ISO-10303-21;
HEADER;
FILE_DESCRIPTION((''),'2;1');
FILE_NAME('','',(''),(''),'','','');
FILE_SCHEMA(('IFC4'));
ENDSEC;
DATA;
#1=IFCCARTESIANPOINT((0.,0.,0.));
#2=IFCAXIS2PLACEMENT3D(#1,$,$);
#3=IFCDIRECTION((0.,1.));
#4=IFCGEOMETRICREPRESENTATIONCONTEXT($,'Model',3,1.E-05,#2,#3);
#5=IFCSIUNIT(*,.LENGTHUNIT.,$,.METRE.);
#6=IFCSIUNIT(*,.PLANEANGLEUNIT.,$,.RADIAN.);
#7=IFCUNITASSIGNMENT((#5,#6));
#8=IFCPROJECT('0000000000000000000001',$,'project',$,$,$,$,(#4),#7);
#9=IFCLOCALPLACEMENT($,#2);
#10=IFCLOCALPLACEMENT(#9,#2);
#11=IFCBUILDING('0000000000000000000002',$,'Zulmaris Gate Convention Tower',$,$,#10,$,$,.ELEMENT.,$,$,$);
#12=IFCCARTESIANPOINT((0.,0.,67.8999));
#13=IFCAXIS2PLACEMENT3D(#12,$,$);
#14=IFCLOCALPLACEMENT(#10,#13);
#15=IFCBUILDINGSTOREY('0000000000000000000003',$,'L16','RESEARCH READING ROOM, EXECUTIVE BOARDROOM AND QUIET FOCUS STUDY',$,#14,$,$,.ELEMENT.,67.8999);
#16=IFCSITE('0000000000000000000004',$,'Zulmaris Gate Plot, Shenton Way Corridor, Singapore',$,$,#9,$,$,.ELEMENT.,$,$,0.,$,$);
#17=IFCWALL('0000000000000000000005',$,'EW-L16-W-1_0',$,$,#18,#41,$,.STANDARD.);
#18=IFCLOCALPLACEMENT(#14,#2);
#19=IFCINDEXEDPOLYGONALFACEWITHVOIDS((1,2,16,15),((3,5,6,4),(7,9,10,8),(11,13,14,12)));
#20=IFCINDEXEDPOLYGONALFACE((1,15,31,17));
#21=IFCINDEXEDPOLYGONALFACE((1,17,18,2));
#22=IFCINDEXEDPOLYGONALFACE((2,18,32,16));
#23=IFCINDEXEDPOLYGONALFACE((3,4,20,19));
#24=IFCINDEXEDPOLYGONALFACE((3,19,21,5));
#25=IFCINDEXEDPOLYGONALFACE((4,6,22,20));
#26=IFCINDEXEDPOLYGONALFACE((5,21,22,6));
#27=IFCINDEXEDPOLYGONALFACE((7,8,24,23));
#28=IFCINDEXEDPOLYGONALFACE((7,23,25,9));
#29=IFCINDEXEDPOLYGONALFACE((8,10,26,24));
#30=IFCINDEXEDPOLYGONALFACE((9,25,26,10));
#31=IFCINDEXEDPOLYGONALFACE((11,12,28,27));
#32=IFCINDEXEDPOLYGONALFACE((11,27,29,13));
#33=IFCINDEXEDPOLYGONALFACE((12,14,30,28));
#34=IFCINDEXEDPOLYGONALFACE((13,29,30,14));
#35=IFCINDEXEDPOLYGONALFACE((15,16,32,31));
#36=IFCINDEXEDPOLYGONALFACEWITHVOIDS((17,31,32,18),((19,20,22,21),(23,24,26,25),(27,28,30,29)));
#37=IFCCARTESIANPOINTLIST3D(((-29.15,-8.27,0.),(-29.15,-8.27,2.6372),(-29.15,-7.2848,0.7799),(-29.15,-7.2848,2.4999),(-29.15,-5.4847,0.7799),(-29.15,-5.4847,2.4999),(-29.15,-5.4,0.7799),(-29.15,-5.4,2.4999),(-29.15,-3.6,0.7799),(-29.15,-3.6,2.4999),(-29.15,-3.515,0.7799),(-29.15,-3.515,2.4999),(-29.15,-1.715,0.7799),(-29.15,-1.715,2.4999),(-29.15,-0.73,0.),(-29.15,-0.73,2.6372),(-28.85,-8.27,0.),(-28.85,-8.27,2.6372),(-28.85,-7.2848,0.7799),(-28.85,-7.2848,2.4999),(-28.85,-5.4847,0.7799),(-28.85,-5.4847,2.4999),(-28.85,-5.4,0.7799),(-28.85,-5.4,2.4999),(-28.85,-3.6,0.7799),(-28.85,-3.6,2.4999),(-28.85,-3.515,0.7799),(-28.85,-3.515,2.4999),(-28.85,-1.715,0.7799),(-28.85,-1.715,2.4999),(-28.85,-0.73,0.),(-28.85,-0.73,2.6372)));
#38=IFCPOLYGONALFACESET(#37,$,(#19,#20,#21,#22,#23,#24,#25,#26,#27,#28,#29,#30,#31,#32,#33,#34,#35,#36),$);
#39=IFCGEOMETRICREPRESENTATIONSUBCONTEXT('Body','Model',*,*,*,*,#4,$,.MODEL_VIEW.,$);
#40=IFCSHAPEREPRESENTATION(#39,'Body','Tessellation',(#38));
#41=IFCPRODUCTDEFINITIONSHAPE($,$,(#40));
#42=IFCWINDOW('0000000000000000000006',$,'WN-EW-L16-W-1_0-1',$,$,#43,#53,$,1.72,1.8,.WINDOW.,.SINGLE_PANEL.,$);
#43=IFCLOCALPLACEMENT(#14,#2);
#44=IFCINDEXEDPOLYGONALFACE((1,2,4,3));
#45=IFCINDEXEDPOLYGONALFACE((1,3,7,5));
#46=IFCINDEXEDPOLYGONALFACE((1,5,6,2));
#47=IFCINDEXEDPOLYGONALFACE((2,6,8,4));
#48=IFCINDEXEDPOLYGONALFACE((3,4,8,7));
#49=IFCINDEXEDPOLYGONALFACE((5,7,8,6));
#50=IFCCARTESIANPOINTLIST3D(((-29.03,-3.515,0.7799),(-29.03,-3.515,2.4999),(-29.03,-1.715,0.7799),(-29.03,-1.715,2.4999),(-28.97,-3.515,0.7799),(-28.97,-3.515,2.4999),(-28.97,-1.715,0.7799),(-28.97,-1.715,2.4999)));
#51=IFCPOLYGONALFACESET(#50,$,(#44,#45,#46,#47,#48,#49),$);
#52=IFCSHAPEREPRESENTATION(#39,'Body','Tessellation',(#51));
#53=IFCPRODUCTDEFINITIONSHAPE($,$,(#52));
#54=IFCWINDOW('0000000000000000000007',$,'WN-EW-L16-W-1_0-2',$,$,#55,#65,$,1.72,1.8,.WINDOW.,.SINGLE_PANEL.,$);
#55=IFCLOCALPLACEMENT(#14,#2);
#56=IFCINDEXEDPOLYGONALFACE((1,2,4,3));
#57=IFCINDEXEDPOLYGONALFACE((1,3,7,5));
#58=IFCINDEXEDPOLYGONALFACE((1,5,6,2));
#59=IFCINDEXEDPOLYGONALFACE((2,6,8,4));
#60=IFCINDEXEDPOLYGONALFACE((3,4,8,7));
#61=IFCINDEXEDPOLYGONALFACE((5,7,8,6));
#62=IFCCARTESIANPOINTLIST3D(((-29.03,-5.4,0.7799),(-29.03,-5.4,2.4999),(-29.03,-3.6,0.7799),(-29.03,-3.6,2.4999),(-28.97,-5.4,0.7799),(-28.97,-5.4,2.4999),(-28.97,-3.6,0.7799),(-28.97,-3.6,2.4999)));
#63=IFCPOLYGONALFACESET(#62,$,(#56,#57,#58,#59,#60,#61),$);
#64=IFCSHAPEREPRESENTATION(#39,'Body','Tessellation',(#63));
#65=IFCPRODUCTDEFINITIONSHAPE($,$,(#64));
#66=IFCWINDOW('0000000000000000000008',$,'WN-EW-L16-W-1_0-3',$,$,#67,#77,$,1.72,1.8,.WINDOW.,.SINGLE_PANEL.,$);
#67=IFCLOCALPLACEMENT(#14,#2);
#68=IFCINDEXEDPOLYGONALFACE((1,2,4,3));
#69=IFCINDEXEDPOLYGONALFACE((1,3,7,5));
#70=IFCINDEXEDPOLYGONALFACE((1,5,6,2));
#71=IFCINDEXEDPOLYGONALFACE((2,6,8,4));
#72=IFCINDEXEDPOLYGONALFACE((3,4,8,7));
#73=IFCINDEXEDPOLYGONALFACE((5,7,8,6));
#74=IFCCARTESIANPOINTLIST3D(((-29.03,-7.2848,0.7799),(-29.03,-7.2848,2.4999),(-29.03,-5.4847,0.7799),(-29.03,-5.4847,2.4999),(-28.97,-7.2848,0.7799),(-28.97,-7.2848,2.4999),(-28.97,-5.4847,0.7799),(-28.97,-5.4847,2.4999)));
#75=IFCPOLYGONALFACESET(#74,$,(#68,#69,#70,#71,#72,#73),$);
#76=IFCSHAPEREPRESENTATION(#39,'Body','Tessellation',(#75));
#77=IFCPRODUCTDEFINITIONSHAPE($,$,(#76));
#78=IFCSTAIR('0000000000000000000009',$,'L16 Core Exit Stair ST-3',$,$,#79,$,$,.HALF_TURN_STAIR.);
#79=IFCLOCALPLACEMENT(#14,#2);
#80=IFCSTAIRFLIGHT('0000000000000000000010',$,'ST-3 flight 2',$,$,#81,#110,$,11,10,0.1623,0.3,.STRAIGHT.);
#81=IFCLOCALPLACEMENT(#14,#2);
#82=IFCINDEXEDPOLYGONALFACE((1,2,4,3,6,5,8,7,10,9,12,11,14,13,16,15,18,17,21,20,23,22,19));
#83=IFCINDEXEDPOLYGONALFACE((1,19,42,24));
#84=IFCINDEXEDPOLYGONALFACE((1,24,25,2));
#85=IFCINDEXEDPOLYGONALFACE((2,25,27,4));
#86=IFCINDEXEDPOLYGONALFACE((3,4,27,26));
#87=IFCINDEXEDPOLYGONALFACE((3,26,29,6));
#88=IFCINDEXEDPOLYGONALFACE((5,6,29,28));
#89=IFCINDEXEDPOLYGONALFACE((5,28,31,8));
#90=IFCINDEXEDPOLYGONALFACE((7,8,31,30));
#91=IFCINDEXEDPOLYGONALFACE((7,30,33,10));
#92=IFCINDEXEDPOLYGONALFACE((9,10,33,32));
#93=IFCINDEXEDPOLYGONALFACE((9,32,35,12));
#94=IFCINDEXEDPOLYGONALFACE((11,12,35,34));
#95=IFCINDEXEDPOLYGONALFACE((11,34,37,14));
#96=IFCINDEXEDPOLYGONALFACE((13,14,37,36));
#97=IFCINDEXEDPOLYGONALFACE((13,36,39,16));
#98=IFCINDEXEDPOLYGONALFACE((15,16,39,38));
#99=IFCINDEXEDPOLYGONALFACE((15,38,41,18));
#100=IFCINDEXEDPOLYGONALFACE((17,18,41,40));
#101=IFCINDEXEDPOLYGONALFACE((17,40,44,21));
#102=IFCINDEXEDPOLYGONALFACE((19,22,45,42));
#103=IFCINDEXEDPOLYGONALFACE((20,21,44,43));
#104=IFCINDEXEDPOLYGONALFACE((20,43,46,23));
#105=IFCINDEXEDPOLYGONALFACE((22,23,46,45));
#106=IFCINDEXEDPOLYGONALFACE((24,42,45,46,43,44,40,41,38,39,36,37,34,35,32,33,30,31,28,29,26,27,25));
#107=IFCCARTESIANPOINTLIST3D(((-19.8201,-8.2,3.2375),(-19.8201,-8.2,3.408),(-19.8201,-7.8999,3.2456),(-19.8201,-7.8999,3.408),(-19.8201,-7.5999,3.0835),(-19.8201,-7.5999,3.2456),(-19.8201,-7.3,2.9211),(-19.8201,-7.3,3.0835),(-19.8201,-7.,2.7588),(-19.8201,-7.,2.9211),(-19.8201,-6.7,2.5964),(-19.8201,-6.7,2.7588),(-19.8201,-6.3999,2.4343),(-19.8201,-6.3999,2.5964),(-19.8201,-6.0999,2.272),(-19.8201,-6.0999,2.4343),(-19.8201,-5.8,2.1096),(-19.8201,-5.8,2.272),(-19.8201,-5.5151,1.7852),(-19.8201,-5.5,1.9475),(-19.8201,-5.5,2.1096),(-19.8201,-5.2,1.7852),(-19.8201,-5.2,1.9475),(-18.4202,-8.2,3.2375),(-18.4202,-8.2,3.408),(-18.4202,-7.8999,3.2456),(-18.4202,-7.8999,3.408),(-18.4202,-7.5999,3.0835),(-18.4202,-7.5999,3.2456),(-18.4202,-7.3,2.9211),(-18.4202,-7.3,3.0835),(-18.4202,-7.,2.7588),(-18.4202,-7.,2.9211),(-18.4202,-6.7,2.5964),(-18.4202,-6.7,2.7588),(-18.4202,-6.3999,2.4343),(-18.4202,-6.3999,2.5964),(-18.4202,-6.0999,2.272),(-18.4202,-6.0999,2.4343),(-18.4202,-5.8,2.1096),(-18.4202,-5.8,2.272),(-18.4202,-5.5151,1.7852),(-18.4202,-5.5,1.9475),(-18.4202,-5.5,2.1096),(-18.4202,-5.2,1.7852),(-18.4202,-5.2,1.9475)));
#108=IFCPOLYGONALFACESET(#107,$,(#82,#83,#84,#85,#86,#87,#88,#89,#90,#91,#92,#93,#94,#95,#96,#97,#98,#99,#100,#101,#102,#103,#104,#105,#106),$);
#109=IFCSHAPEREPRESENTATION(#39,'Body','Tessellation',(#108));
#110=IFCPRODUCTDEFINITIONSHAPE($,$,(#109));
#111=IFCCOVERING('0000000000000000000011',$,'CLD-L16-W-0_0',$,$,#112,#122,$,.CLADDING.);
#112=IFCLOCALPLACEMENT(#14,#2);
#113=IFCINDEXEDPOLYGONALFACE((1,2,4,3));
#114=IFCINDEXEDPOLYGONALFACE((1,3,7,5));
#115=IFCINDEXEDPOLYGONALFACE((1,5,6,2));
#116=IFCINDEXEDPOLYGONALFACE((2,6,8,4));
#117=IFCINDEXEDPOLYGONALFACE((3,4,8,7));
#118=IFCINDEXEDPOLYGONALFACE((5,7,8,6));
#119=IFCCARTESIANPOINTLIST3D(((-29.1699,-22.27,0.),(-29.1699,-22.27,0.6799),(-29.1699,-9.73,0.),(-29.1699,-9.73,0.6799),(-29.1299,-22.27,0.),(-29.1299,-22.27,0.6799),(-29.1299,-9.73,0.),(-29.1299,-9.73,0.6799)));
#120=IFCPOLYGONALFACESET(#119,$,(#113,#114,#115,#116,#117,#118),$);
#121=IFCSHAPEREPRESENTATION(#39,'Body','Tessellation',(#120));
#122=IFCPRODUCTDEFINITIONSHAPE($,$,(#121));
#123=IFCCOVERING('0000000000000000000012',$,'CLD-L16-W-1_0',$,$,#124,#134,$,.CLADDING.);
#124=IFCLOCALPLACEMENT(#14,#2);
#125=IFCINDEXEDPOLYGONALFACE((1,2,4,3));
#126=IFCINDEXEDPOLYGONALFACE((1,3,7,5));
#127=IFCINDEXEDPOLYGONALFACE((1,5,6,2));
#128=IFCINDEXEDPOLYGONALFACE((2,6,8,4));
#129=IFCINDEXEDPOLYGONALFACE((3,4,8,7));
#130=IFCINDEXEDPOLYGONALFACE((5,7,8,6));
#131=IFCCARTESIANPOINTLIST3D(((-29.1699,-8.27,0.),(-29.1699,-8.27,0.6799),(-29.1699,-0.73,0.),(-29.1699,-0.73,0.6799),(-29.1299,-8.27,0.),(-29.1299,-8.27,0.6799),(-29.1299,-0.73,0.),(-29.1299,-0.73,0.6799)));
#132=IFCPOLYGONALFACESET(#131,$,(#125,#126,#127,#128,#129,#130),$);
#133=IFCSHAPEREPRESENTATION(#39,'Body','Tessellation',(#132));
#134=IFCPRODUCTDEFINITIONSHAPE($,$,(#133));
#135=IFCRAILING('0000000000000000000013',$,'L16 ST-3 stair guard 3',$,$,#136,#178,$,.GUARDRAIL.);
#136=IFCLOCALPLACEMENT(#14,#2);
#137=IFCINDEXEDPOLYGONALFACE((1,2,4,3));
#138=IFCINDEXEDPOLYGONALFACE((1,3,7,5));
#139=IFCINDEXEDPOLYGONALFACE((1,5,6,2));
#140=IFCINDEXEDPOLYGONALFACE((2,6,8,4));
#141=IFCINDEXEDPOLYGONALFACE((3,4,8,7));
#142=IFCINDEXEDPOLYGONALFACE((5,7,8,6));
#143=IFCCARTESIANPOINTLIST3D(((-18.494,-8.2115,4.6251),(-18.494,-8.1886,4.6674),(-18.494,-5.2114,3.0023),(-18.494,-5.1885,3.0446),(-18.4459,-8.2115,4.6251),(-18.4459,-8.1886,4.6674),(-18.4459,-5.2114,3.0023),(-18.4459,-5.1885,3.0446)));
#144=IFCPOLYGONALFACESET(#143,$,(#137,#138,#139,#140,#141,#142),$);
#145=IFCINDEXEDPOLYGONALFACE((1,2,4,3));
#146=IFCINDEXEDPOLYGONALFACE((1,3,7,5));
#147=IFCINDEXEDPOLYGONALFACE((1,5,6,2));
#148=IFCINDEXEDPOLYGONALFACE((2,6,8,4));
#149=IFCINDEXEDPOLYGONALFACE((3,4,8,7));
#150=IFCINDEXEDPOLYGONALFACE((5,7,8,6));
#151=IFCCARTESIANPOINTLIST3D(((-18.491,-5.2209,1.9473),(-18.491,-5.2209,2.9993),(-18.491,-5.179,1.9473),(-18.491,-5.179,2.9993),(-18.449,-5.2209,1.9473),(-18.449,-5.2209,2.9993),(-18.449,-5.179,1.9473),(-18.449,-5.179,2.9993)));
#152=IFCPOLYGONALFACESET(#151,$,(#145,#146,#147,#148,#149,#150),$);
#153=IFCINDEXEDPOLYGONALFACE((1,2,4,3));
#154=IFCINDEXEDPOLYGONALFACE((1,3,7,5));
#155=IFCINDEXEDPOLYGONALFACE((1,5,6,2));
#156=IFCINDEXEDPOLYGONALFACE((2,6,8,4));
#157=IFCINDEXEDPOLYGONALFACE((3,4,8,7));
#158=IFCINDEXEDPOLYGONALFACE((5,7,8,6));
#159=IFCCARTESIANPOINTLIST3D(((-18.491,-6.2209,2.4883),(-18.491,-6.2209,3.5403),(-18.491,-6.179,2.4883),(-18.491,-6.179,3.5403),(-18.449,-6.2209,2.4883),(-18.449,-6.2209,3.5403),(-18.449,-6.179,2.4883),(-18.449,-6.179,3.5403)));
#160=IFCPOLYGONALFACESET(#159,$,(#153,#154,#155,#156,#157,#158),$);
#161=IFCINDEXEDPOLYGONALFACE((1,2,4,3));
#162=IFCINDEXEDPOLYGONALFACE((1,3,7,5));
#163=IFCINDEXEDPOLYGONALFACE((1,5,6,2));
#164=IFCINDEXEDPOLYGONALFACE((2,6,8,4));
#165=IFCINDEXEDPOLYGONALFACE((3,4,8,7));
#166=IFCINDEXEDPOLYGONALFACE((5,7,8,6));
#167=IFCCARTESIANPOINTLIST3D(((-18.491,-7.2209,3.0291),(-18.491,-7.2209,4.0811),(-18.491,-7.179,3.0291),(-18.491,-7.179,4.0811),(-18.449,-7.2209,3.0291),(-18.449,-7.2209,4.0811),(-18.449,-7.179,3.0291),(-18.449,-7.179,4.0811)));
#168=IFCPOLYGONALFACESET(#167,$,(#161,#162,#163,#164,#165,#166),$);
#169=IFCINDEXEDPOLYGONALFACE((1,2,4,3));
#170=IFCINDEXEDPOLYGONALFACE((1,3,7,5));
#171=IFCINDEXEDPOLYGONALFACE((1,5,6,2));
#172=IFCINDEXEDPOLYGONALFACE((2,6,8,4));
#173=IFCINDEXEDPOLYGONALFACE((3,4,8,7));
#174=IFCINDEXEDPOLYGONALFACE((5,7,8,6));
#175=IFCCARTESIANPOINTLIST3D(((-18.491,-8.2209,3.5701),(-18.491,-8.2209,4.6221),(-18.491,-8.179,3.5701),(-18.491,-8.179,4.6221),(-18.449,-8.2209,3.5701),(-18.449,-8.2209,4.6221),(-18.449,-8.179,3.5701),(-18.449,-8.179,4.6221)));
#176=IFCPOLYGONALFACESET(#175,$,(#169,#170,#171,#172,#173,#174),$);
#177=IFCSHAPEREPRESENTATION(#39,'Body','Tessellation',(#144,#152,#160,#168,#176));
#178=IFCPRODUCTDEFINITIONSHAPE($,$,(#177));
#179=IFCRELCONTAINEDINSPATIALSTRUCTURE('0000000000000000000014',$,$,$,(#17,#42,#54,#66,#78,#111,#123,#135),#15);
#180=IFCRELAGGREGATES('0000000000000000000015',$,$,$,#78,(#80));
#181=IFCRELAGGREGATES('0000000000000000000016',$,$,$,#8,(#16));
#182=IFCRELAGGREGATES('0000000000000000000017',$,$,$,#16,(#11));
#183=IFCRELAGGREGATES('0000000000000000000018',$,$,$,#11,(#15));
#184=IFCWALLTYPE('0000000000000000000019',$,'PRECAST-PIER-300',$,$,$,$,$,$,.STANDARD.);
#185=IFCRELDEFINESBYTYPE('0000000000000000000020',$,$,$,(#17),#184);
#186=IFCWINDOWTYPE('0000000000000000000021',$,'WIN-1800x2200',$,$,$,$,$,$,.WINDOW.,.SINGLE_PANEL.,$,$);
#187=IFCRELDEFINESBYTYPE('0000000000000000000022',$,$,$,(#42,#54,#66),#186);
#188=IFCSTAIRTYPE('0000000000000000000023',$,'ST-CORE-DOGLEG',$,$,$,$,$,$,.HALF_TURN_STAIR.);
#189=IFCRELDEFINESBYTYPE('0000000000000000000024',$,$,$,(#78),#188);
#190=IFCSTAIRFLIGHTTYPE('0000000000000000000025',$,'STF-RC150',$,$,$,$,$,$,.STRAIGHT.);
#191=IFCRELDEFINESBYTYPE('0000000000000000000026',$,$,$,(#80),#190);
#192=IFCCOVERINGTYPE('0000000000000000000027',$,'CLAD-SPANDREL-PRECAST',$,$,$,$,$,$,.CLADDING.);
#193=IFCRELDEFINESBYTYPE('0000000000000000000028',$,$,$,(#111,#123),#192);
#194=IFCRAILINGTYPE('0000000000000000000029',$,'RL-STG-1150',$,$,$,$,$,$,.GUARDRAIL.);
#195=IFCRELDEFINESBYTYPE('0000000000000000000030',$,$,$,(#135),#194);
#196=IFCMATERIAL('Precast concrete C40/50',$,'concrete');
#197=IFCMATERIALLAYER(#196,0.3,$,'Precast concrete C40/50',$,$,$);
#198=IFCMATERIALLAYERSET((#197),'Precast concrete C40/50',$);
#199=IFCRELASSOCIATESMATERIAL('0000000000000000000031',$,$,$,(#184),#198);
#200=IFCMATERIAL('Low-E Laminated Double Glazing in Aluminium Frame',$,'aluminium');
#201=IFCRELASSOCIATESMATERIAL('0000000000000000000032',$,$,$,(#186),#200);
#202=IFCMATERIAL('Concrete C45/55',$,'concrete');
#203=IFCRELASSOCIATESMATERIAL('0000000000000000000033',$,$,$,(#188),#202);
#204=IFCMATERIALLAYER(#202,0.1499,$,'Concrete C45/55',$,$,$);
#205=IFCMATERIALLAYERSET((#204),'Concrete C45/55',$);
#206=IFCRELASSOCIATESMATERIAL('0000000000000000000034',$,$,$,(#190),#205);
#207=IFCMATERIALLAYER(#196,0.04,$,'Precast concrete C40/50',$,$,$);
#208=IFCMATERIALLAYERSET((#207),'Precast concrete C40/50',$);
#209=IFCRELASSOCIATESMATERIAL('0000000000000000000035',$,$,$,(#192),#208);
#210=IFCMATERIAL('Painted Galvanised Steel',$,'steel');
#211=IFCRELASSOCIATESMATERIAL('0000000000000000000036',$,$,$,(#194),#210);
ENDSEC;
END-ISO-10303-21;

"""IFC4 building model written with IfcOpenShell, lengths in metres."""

from ifc_helpers import new_model, si_unit, direction, frame, frame_2d, origin, origin_2d, place, context, subcontext, project, spatial, polyline, rectangle, outline, extrude, material, layer, layer_set, type_object, element, fill, aggregate, save


model = new_model("IFC4")

# Units and contexts
model_context = context("Model", 3, precision=1e-05, world=origin(), true_north=direction((0.0, 1.0)))
body_context = subcontext(model_context, "Body", "Model", "MODEL_VIEW")
ifc_project = project(units=[si_unit("LENGTHUNIT", "METRE"), si_unit("PLANEANGLEUNIT", "RADIAN")], contexts=[model_context])

# Site, building, storey
site_placement = place(None, origin())
site = spatial("IfcSite", under=ifc_project, at=site_placement, Name="Zulmaris Gate Plot, Shenton Way Corridor, Singapore", CompositionType="ELEMENT", RefElevation=0.0)
building_placement = place(site_placement, origin())
building = spatial("IfcBuilding", under=site, at=building_placement, Name="Zulmaris Gate Convention Tower", CompositionType="ELEMENT")
storey_placement = place(building_placement, frame((0.0, 0.0, 67.8999)))
storey = spatial("IfcBuildingStorey", under=building, at=storey_placement, Name="L16", Description="RESEARCH READING ROOM, EXECUTIVE BOARDROOM AND QUIET FOCUS STUDY", CompositionType="ELEMENT", Elevation=67.8999)

# Shared definitions
ifc_material_1 = material(Name="Precast concrete C40/50", Category="concrete")
ifc_layer_1 = layer(ifc_material_1, 0.3, Name="Precast concrete C40/50")
ifc_layer_set_1 = layer_set([ifc_layer_1], Name="Precast concrete C40/50")
wall_type_1 = type_object("IfcWallType", Name="PRECAST-PIER-300", PredefinedType="STANDARD", material=ifc_layer_set_1)

# Wall, openings, windows
wall_1_placement = place(storey_placement, frame((-29.0, -0.73, 0.0), z_axis=(0.0, 0.0, 1.0), x_axis=(0.0, -1.0, 0.0)))
wall_1 = element("IfcWall", 1, at=wall_1_placement, inside=storey, type_object=wall_type_1, Name="EW-L16-W-1_0", PredefinedType="STANDARD", context=body_context, shape_type="SweptSolid", body=[
    extrude(rectangle(XDim=7.54, YDim=0.3, at=frame_2d((3.77, 0.0))), origin(), (0.0, 0.0, 1.0), 2.6372),
])
opening_1_placement = place(wall_1_placement, frame((0.9851, 0.0, 0.78)))
opening_1 = element("IfcOpeningElement", 2, at=opening_1_placement, cuts=wall_1, PredefinedType="OPENING", context=body_context, shape_type="SweptSolid", body=[
    extrude(rectangle(XDim=1.8, YDim=1.72, at=frame_2d((0.8999, 0.8599))), frame((0.0, 0.1602, 0.0), z_axis=(0.0, -1.0, 0.0), x_axis=(1.0, 0.0, 0.0)), (0.0, 0.0, 1.0), 0.3201),
])
opening_2_placement = place(wall_1_placement, frame((2.8701, 0.0, 0.78)))
opening_2 = element("IfcOpeningElement", 3, at=opening_2_placement, cuts=wall_1, PredefinedType="OPENING", context=body_context, shape_type="SweptSolid", body=[
    extrude(rectangle(XDim=1.8, YDim=1.72, at=frame_2d((0.8999, 0.8599))), frame((0.0, 0.1602, 0.0), z_axis=(0.0, -1.0, 0.0), x_axis=(1.0, 0.0, 0.0)), (0.0, 0.0, 1.0), 0.3201),
])
opening_3_placement = place(wall_1_placement, frame((4.7549, 0.0, 0.78)))
opening_3 = element("IfcOpeningElement", 4, at=opening_3_placement, cuts=wall_1, PredefinedType="OPENING", context=body_context, shape_type="SweptSolid", body=[
    extrude(rectangle(XDim=1.8, YDim=1.72, at=frame_2d((0.8999, 0.8599))), frame((0.0, 0.1602, 0.0), z_axis=(0.0, -1.0, 0.0), x_axis=(1.0, 0.0, 0.0)), (0.0, 0.0, 1.0), 0.3201),
])
ifc_material_2 = material(Name="Low-E Laminated Double Glazing in Aluminium Frame", Category="aluminium")
window_type = type_object("IfcWindowType", Name="WIN-1800x2200", PartitioningType="SINGLE_PANEL", PredefinedType="WINDOW", material=ifc_material_2)
window_1_placement = place(opening_1_placement, origin())
window_1 = element("IfcWindow", 5, at=window_1_placement, inside=storey, type_object=window_type, Name="WN-EW-L16-W-1_0-1", OverallHeight=1.72, OverallWidth=1.8, PartitioningType="SINGLE_PANEL", PredefinedType="WINDOW", context=body_context, shape_type="SweptSolid", body=[
    extrude(rectangle(XDim=1.8, YDim=1.72, at=frame_2d((0.8999, 0.8599))), frame((0.0, 0.03, 0.0), z_axis=(0.0, -1.0, 0.0), x_axis=(1.0, 0.0, 0.0)), (0.0, 0.0, 1.0), 0.0601),
])
fill(opening_1, window_1)
window_2_placement = place(opening_2_placement, origin())
window_2 = element("IfcWindow", 6, at=window_2_placement, inside=storey, type_object=window_type, Name="WN-EW-L16-W-1_0-2", OverallHeight=1.72, OverallWidth=1.8, PartitioningType="SINGLE_PANEL", PredefinedType="WINDOW", context=body_context, shape_type="SweptSolid", body=[
    extrude(rectangle(XDim=1.8, YDim=1.72, at=frame_2d((0.8999, 0.8599))), frame((0.0, 0.03, 0.0), z_axis=(0.0, -1.0, 0.0), x_axis=(1.0, 0.0, 0.0)), (0.0, 0.0, 1.0), 0.0601),
])
fill(opening_2, window_2)
window_3_placement = place(opening_3_placement, origin())
window_3 = element("IfcWindow", 7, at=window_3_placement, inside=storey, type_object=window_type, Name="WN-EW-L16-W-1_0-3", OverallHeight=1.72, OverallWidth=1.8, PartitioningType="SINGLE_PANEL", PredefinedType="WINDOW", context=body_context, shape_type="SweptSolid", body=[
    extrude(rectangle(XDim=1.8, YDim=1.72, at=frame_2d((0.8999, 0.8599))), frame((0.0, 0.03, 0.0), z_axis=(0.0, -1.0, 0.0), x_axis=(1.0, 0.0, 0.0)), (0.0, 0.0, 1.0), 0.0601),
])
fill(opening_3, window_3)

# Stair, stair flight
ifc_material_3 = material(Name="Concrete C45/55", Category="concrete")
stair_type = type_object("IfcStairType", Name="ST-CORE-DOGLEG", PredefinedType="HALF_TURN_STAIR", material=ifc_material_3)
stair_placement = place(storey_placement, origin())
stair = element("IfcStair", 8, at=stair_placement, inside=storey, type_object=stair_type, Name="L16 Core Exit Stair ST-3", PredefinedType="HALF_TURN_STAIR")
ifc_layer_2 = layer(ifc_material_3, 0.1499, Name="Concrete C45/55")
ifc_layer_set_2 = layer_set([ifc_layer_2], Name="Concrete C45/55")
stair_flight_type = type_object("IfcStairFlightType", Name="STF-RC150", PredefinedType="STRAIGHT", material=ifc_layer_set_2)
stair_flight_placement = place(storey_placement, frame((-19.1201, -5.2, 1.7852), z_axis=(0.0, 0.0, 1.0), x_axis=(0.0, -1.0, 0.0)))
stair_flight = element("IfcStairFlight", 9, at=stair_flight_placement, type_object=stair_flight_type, Name="ST-3 flight 2", NumberOfRisers=11, NumberOfTreads=10, PredefinedType="STRAIGHT", RiserHeight=0.1623, TreadLength=0.3, context=body_context, shape_type="SweptSolid", body=[
    extrude(outline(polyline([(0.0, 0.0), (0.0, 0.1624), (0.3, 0.1624), (0.3, 0.3245), (0.6001, 0.3245), (0.6001, 0.4868), (0.8999, 0.4868), (0.8999, 0.6492), (1.2, 0.6492), (1.2, 0.8113), (1.5, 0.8113), (1.5, 0.9736), (1.8, 0.9736), (1.8, 1.136), (2.1001, 1.136), (2.1001, 1.2983), (2.3999, 1.2983), (2.3999, 1.4604), (2.7, 1.4604), (2.7, 1.6228), (3.0, 1.6228), (3.0, 1.7852), (3.0, 1.4524), (0.3152, 0.0), (0.0, 0.0)])), frame((0.0, 0.7, 0.0), z_axis=(0.0, -1.0, 0.0), x_axis=(1.0, 0.0, 0.0)), (0.0, 0.0, 1.0), 1.3999),
])
aggregate(stair, [stair_flight])

# Coverings
ifc_layer_3 = layer(ifc_material_1, 0.04, Name="Precast concrete C40/50")
ifc_layer_set_3 = layer_set([ifc_layer_3], Name="Precast concrete C40/50")
covering_type = type_object("IfcCoveringType", Name="CLAD-SPANDREL-PRECAST", PredefinedType="CLADDING", material=ifc_layer_set_3)
covering_1_placement = place(storey_placement, frame((-29.1499, -9.73, 0.0), z_axis=(0.0, 0.0, 1.0), x_axis=(0.0, -1.0, 0.0)))
element("IfcCovering", 10, at=covering_1_placement, inside=storey, type_object=covering_type, Name="CLD-L16-W-0_0", PredefinedType="CLADDING", context=body_context, shape_type="SweptSolid", body=[
    extrude(rectangle(XDim=12.54, YDim=0.04, at=frame_2d((6.27, 0.0))), origin(), (0.0, 0.0, 1.0), 0.6799),
])
covering_2_placement = place(storey_placement, frame((-29.1499, -0.73, 0.0), z_axis=(0.0, 0.0, 1.0), x_axis=(0.0, -1.0, 0.0)))
element("IfcCovering", 11, at=covering_2_placement, inside=storey, type_object=covering_type, Name="CLD-L16-W-1_0", PredefinedType="CLADDING", context=body_context, shape_type="SweptSolid", body=[
    extrude(rectangle(XDim=7.54, YDim=0.04, at=frame_2d((3.77, 0.0))), origin(), (0.0, 0.0, 1.0), 0.6799),
])

# Railing
ifc_material_4 = material(Name="Painted Galvanised Steel", Category="steel")
railing_type_1 = type_object("IfcRailingType", Name="RL-STG-1150", PredefinedType="GUARDRAIL", material=ifc_material_4)
railing_1_placement = place(storey_placement, frame((-18.47, -5.2, 1.9473)))
element("IfcRailing", 12, at=railing_1_placement, inside=storey, type_object=railing_type_1, Name="L16 ST-3 stair guard 3", PredefinedType="GUARDRAIL", context=body_context, shape_type="SweptSolid", body=[
    extrude(rectangle(XDim=0.0481, YDim=0.0481, at=origin_2d()), frame((0.0, 0.0, 1.0762), z_axis=(0.0, -0.879562, 0.475785), x_axis=(1.0, 0.0, 0.0)), (0.0, 0.0, 1.0), 3.4109),
    extrude(rectangle(XDim=0.042, YDim=0.042, at=origin_2d()), origin(), (0.0, 0.0, 1.0), 1.052),
    extrude(rectangle(XDim=0.042, YDim=0.042, at=origin_2d()), frame((0.0, -1.0, 0.541)), (0.0, 0.0, 1.0), 1.052),
    extrude(rectangle(XDim=0.042, YDim=0.042, at=origin_2d()), frame((0.0, -2.0, 1.0818)), (0.0, 0.0, 1.0), 1.052),
    extrude(rectangle(XDim=0.042, YDim=0.042, at=origin_2d()), frame((0.0, -3.0, 1.6228)), (0.0, 0.0, 1.0), 1.052),
])

save(model, "model.ifc")
